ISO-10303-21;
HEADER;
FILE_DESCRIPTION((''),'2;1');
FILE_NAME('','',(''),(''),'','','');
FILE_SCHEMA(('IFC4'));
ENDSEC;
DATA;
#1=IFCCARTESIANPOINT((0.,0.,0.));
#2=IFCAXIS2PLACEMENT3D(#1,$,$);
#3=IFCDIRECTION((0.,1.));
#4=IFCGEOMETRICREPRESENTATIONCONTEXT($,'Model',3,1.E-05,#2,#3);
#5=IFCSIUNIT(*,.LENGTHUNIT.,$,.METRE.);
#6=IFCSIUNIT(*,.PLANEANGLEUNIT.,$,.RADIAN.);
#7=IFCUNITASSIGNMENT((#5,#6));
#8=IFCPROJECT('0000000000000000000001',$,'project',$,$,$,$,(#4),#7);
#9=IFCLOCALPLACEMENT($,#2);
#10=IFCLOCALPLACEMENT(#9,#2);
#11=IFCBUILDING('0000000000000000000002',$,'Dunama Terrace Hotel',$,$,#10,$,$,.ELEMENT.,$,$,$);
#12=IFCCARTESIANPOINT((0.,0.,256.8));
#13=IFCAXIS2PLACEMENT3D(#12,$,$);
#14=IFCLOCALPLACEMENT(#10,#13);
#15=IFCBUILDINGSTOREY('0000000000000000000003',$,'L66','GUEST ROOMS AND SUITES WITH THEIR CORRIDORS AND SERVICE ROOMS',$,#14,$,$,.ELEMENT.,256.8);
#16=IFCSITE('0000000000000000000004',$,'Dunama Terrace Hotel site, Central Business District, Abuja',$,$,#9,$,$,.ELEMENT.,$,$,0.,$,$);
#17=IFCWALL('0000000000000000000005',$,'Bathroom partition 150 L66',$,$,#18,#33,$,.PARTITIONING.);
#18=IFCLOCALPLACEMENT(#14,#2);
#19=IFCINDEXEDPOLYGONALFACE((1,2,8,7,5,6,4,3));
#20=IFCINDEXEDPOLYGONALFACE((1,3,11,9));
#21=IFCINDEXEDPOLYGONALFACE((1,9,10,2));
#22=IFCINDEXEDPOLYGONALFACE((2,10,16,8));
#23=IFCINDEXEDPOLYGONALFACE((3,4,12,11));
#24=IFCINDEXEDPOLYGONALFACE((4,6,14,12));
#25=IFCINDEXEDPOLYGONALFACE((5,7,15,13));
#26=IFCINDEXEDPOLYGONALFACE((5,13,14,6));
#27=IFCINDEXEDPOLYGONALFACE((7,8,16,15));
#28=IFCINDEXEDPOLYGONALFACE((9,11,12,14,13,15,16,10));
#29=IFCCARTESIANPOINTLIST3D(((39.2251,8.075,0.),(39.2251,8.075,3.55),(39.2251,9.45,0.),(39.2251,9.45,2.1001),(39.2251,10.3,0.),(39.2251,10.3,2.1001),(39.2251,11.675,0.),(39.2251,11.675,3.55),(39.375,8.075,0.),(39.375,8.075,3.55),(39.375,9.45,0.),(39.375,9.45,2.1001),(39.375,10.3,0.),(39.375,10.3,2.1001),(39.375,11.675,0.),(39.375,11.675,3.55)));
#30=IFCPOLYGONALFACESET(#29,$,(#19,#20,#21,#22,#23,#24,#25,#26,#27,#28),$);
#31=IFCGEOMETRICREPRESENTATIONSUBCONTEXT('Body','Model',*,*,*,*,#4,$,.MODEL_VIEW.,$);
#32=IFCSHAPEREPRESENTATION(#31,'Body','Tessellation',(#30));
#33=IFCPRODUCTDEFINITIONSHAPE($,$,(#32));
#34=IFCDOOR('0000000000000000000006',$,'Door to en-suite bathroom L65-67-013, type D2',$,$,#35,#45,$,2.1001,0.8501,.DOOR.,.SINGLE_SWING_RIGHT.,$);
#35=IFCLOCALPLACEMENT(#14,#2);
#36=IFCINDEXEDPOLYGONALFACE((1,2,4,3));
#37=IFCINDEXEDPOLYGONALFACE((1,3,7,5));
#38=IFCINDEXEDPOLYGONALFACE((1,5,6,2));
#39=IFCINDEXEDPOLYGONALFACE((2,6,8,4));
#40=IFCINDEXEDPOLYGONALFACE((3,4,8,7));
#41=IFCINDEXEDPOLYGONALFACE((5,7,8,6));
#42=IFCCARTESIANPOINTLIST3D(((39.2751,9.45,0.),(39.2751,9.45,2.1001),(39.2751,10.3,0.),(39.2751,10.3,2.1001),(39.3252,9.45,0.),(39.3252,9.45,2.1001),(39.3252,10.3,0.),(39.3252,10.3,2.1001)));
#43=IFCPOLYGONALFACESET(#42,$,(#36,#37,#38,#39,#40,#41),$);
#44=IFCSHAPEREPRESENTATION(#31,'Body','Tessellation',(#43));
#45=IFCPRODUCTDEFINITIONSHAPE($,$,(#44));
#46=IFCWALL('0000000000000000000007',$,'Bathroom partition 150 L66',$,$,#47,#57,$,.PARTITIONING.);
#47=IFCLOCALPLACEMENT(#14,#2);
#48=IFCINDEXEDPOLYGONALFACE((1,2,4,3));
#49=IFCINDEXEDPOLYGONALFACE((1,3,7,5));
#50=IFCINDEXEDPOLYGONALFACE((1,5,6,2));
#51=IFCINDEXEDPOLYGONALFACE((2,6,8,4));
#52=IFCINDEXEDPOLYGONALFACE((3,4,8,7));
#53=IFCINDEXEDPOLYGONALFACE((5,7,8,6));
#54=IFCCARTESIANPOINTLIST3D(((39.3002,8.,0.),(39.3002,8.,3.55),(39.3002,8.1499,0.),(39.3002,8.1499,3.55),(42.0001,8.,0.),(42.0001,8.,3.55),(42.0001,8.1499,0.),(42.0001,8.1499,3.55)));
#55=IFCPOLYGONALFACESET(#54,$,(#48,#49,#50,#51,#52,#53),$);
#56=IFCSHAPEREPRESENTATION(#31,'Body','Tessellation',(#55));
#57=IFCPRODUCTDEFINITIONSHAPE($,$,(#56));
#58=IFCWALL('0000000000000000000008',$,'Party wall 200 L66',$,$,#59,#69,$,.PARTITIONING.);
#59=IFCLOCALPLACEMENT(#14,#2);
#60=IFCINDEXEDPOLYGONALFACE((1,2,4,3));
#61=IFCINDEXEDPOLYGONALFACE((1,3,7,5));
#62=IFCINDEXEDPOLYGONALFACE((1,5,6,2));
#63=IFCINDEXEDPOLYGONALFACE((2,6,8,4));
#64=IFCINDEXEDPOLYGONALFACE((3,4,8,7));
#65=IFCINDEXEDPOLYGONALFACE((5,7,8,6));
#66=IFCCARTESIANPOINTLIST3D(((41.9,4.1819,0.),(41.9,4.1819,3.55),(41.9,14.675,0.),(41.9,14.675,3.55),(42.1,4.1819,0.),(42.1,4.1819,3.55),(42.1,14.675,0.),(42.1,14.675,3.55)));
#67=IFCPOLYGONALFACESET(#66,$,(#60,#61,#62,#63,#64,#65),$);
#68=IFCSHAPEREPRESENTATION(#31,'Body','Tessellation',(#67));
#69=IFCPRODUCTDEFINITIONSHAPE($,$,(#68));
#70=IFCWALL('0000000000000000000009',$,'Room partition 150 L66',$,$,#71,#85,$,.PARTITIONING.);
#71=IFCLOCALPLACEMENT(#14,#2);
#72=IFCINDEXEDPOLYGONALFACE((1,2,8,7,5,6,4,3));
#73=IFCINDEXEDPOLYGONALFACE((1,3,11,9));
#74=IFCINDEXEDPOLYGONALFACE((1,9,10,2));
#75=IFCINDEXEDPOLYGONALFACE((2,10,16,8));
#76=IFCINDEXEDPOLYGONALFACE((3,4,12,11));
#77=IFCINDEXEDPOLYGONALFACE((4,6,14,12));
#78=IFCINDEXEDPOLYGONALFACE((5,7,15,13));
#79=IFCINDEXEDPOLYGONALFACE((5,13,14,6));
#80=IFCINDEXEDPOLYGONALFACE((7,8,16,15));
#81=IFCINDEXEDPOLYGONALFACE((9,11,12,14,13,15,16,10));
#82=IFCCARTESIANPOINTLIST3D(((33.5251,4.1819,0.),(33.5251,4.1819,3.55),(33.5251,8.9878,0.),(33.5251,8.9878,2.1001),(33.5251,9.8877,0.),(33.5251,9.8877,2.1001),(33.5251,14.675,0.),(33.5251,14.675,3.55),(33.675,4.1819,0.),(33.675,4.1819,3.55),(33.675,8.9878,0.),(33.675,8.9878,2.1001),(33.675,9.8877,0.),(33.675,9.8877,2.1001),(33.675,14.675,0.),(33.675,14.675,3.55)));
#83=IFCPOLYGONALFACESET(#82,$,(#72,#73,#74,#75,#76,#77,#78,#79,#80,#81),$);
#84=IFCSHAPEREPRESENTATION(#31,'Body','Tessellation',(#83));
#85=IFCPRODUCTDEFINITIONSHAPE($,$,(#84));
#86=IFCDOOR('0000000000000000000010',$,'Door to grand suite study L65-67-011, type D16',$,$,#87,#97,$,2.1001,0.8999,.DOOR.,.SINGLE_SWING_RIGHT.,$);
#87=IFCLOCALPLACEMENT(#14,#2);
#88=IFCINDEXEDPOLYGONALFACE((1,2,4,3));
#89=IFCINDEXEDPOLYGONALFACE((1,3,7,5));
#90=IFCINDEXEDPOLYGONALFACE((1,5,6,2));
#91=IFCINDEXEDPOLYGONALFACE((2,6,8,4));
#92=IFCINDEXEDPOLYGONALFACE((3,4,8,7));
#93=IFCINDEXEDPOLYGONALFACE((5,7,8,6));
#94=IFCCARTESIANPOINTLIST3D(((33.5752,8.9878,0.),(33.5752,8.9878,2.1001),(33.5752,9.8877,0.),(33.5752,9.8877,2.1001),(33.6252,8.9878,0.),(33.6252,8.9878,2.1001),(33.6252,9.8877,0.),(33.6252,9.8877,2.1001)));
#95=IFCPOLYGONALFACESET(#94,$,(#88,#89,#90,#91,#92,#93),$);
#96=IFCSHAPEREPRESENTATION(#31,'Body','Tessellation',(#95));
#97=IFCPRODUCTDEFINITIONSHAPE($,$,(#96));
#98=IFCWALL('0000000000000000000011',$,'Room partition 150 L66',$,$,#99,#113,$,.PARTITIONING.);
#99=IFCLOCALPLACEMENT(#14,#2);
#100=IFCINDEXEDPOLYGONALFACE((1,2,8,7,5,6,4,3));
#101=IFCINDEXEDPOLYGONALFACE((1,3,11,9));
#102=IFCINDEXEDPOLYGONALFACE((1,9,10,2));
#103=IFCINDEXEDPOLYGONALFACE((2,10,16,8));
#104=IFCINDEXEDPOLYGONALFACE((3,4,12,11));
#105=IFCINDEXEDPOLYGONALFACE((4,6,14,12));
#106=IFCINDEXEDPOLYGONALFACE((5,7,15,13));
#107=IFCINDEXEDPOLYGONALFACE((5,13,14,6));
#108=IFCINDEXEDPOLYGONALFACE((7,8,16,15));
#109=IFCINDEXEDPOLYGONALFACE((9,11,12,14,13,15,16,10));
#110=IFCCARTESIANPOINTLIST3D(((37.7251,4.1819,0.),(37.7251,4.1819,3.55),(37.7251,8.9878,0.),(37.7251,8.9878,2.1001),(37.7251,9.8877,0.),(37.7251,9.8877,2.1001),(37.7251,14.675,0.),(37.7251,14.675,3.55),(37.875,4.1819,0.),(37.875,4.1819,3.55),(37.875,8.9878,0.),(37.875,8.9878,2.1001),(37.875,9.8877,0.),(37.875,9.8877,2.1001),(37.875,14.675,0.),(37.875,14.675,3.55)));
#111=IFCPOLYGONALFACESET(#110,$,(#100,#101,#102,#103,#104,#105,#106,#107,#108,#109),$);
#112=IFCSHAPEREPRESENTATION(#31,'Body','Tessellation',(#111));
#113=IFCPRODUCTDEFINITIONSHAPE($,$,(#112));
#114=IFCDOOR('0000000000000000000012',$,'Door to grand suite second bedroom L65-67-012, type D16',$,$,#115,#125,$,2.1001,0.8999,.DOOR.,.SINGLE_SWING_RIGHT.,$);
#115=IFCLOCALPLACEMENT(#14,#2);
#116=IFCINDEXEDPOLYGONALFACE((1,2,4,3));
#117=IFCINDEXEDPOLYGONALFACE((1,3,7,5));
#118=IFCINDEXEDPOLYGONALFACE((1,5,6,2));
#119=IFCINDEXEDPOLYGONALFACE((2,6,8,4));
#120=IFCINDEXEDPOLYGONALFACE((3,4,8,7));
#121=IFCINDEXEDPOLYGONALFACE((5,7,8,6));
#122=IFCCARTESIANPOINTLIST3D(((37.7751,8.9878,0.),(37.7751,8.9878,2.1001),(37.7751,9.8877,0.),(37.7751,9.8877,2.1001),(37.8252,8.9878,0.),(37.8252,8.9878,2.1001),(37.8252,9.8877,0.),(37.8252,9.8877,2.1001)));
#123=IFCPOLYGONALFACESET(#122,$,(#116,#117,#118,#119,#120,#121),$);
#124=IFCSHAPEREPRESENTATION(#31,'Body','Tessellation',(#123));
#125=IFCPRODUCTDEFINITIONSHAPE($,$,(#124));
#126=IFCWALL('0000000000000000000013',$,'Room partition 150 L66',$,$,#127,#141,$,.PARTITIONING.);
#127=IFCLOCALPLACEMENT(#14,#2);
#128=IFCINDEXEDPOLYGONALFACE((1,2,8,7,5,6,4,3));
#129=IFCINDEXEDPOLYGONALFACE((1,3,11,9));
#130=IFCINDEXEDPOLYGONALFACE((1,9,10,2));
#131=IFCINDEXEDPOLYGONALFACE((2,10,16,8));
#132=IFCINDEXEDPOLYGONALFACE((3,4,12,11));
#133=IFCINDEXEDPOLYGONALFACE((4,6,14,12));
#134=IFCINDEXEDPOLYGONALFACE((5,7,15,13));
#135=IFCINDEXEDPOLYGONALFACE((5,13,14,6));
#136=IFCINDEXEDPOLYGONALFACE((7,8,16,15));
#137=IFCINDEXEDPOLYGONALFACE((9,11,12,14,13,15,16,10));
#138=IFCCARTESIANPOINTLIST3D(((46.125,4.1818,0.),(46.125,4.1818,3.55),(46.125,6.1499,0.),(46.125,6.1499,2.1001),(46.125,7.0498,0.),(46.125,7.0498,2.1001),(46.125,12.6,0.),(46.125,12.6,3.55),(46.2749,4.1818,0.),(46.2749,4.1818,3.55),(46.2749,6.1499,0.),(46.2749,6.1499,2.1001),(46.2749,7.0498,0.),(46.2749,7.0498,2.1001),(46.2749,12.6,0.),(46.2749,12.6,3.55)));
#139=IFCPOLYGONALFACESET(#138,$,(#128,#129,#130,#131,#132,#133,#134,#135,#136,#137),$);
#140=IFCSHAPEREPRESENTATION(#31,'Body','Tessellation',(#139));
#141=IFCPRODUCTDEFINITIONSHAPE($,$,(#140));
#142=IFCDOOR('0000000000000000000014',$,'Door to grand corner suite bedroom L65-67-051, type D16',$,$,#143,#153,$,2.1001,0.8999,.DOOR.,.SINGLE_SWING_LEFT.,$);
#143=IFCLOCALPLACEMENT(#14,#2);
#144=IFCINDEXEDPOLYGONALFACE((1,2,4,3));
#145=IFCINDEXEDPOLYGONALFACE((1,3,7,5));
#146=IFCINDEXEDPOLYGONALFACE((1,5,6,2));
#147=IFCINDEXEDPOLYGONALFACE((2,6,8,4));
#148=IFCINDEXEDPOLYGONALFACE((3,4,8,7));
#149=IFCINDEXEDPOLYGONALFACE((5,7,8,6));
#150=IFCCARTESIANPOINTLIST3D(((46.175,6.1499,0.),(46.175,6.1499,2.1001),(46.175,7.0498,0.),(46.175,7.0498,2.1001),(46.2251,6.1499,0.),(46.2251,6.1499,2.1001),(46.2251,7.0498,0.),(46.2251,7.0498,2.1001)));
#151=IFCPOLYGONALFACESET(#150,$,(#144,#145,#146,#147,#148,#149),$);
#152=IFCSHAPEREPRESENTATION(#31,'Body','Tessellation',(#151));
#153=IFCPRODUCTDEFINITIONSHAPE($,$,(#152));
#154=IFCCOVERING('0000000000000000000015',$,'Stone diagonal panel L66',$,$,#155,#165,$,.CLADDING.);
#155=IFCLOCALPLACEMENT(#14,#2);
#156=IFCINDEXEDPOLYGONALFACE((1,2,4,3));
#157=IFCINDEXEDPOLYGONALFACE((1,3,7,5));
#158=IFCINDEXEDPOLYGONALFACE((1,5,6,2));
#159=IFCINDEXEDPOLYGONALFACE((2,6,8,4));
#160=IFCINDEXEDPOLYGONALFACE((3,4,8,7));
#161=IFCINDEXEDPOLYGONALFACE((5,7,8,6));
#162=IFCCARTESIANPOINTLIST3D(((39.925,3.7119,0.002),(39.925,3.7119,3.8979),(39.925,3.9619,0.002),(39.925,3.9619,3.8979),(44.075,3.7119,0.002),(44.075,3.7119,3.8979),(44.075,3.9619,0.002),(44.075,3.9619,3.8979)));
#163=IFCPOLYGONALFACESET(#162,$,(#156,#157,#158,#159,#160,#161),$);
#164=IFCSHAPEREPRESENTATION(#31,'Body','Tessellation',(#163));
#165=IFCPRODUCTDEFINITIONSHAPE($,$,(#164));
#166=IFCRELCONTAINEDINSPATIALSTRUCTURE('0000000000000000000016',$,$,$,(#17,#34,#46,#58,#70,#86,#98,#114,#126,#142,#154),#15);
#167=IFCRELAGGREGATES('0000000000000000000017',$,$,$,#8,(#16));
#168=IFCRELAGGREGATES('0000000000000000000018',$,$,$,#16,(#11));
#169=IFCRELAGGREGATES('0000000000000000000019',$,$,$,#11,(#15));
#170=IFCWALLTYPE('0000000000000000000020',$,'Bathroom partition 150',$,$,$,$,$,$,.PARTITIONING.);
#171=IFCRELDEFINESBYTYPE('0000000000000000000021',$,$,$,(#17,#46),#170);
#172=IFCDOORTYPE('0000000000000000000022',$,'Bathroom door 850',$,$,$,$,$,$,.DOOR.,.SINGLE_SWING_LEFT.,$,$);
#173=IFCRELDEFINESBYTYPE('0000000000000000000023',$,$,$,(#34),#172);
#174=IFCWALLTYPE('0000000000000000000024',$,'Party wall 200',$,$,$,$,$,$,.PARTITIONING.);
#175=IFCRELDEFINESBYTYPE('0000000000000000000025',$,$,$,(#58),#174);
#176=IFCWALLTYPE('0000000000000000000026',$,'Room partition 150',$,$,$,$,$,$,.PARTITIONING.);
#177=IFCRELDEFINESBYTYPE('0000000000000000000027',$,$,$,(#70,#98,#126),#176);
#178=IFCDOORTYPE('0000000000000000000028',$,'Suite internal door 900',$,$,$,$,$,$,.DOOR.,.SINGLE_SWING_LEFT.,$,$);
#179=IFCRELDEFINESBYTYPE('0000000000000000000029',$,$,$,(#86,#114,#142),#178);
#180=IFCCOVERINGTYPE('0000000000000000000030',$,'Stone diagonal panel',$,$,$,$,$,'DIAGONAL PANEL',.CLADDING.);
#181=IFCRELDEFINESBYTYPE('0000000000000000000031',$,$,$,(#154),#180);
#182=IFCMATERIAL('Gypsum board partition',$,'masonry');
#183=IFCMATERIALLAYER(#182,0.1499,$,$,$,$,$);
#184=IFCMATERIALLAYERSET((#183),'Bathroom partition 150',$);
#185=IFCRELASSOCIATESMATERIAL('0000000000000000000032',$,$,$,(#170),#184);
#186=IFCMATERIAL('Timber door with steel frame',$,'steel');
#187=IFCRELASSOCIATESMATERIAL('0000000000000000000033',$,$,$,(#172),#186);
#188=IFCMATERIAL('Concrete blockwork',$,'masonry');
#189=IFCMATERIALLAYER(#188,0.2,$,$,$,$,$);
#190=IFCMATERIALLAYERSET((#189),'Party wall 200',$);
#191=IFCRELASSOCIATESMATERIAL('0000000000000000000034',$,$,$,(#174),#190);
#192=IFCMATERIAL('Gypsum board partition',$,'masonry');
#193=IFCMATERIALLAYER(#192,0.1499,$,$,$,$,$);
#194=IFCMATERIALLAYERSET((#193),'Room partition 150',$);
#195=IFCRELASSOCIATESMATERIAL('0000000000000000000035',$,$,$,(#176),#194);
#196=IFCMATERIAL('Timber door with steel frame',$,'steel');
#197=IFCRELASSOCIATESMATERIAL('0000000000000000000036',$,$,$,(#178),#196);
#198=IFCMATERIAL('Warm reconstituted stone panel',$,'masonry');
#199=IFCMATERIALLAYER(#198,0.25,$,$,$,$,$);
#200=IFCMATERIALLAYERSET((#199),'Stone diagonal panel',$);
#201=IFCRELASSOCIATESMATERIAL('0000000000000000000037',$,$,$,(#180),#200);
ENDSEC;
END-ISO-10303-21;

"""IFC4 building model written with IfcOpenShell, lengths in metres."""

from ifc_helpers import new_model, si_unit, direction, frame, frame_2d, origin, origin_2d, place, context, subcontext, project, spatial, rectangle, extrude, material, layer, layer_set, type_object, element, fill, save


model = new_model("IFC4")

# Units and contexts
model_context = context("Model", 3, precision=1e-05, world=origin(), true_north=direction((0.0, 1.0)))
body_context = subcontext(model_context, "Body", "Model", "MODEL_VIEW")
ifc_project = project(units=[si_unit("LENGTHUNIT", "METRE"), si_unit("PLANEANGLEUNIT", "RADIAN")], contexts=[model_context])

# Site, building, storey
site_placement = place(None, origin())
site = spatial("IfcSite", under=ifc_project, at=site_placement, Name="Dunama Terrace Hotel site, Central Business District, Abuja", CompositionType="ELEMENT", RefElevation=0.0)
building_placement = place(site_placement, origin())
building = spatial("IfcBuilding", under=site, at=building_placement, Name="Dunama Terrace Hotel", CompositionType="ELEMENT")
storey_placement = place(building_placement, frame((0.0, 0.0, 256.8)))
storey = spatial("IfcBuildingStorey", under=building, at=storey_placement, Name="L66", Description="GUEST ROOMS AND SUITES WITH THEIR CORRIDORS AND SERVICE ROOMS", CompositionType="ELEMENT", Elevation=256.8)

# Wall, opening, door
ifc_material_1 = material(Name="Gypsum board partition", Category="masonry")
ifc_layer_1 = layer(ifc_material_1, 0.1499)
ifc_layer_set_1 = layer_set([ifc_layer_1], Name="Bathroom partition 150")
wall_type_1 = type_object("IfcWallType", Name="Bathroom partition 150", PredefinedType="PARTITIONING", material=ifc_layer_set_1)
wall_1_placement = place(storey_placement, frame((39.3, 8.075, 0.0), z_axis=(0.0, 0.0, 1.0), x_axis=(0.0, 1.0, 0.0)))
wall_1 = element("IfcWall", 1, at=wall_1_placement, inside=storey, type_object=wall_type_1, Name="Bathroom partition 150 L66", PredefinedType="PARTITIONING", context=body_context, shape_type="SweptSolid", body=[
    extrude(rectangle(XDim=3.6001, YDim=0.1499, at=frame_2d((1.8, 0.0))), origin(), (0.0, 0.0, 1.0), 3.55),
])
opening_1_placement = place(wall_1_placement, frame((1.375, 0.0, 0.0)))
opening_1 = element("IfcOpeningElement", 2, at=opening_1_placement, cuts=wall_1, PredefinedType="OPENING", context=body_context, shape_type="SweptSolid", body=[
    extrude(rectangle(XDim=0.8501, YDim=2.1001, at=frame_2d((0.425, 1.05))), frame((0.0, 0.085, 0.0), z_axis=(0.0, -1.0, 0.0), x_axis=(1.0, 0.0, 0.0)), (0.0, 0.0, 1.0), 0.1699),
])
ifc_material_2 = material(Name="Timber door with steel frame", Category="steel")
door_type_1 = type_object("IfcDoorType", Name="Bathroom door 850", OperationType="SINGLE_SWING_LEFT", PredefinedType="DOOR", material=ifc_material_2)
door_1_placement = place(opening_1_placement, frame((0.8501, 0.0, 0.0), z_axis=(0.0, 0.0, 1.0), x_axis=(-1.0, 0.0, 0.0)))
door_1 = element("IfcDoor", 3, at=door_1_placement, inside=storey, type_object=door_type_1, Name="Door to en-suite bathroom L65-67-013, type D2", OperationType="SINGLE_SWING_RIGHT", OverallHeight=2.1001, OverallWidth=0.8501, PredefinedType="DOOR", context=body_context, shape_type="SweptSolid", body=[
    extrude(rectangle(XDim=0.8501, YDim=2.1001, at=frame_2d((0.425, 1.05))), frame((0.0, 0.0251, 0.0), z_axis=(0.0, -1.0, 0.0), x_axis=(1.0, 0.0, 0.0)), (0.0, 0.0, 1.0), 0.05),
])
fill(opening_1, door_1)

# Walls
wall_2_placement = place(storey_placement, frame((39.3, 8.075, 0.0), z_axis=(0.0, 0.0, 1.0), x_axis=(1.0, 0.0, 0.0)))
element("IfcWall", 4, at=wall_2_placement, inside=storey, type_object=wall_type_1, Name="Bathroom partition 150 L66", PredefinedType="PARTITIONING", context=body_context, shape_type="SweptSolid", body=[
    extrude(rectangle(XDim=2.7, YDim=0.1499, at=frame_2d((1.3501, 0.0))), origin(), (0.0, 0.0, 1.0), 3.55),
])
ifc_material_3 = material(Name="Concrete blockwork", Category="masonry")
ifc_layer_2 = layer(ifc_material_3, 0.2)
ifc_layer_set_2 = layer_set([ifc_layer_2], Name="Party wall 200")
wall_type_2 = type_object("IfcWallType", Name="Party wall 200", PredefinedType="PARTITIONING", material=ifc_layer_set_2)
wall_3_placement = place(storey_placement, frame((42.0, 4.1819, 0.0), z_axis=(0.0, 0.0, 1.0), x_axis=(0.0, 1.0, 0.0)))
element("IfcWall", 5, at=wall_3_placement, inside=storey, type_object=wall_type_2, Name="Party wall 200 L66", PredefinedType="PARTITIONING", context=body_context, shape_type="SweptSolid", body=[
    extrude(rectangle(XDim=10.4932, YDim=0.2, at=frame_2d((5.2466, 0.0))), origin(), (0.0, 0.0, 1.0), 3.55),
])

# Walls, openings, doors
ifc_material_4 = material(Name="Gypsum board partition", Category="masonry")
ifc_layer_3 = layer(ifc_material_4, 0.1499)
ifc_layer_set_3 = layer_set([ifc_layer_3], Name="Room partition 150")
wall_type_3 = type_object("IfcWallType", Name="Room partition 150", PredefinedType="PARTITIONING", material=ifc_layer_set_3)
wall_4_placement = place(storey_placement, frame((33.6001, 4.1819, 0.0), z_axis=(0.0, 0.0, 1.0), x_axis=(0.0, 1.0, 0.0)))
wall_4 = element("IfcWall", 6, at=wall_4_placement, inside=storey, type_object=wall_type_3, Name="Room partition 150 L66", PredefinedType="PARTITIONING", context=body_context, shape_type="SweptSolid", body=[
    extrude(rectangle(XDim=10.4932, YDim=0.1499, at=frame_2d((5.2466, 0.0))), origin(), (0.0, 0.0, 1.0), 3.55),
])
opening_2_placement = place(wall_4_placement, frame((4.8059, 0.0, 0.0)))
opening_2 = element("IfcOpeningElement", 7, at=opening_2_placement, cuts=wall_4, PredefinedType="OPENING", context=body_context, shape_type="SweptSolid", body=[
    extrude(rectangle(XDim=0.8999, YDim=2.1001, at=frame_2d((0.45, 1.05))), frame((0.0, 0.085, 0.0), z_axis=(0.0, -1.0, 0.0), x_axis=(1.0, 0.0, 0.0)), (0.0, 0.0, 1.0), 0.1699),
])
ifc_material_5 = material(Name="Timber door with steel frame", Category="steel")
door_type_2 = type_object("IfcDoorType", Name="Suite internal door 900", OperationType="SINGLE_SWING_LEFT", PredefinedType="DOOR", material=ifc_material_5)
door_2_placement = place(opening_2_placement, origin())
door_2 = element("IfcDoor", 8, at=door_2_placement, inside=storey, type_object=door_type_2, Name="Door to grand suite study L65-67-011, type D16", OperationType="SINGLE_SWING_RIGHT", OverallHeight=2.1001, OverallWidth=0.8999, PredefinedType="DOOR", context=body_context, shape_type="SweptSolid", body=[
    extrude(rectangle(XDim=0.8999, YDim=2.1001, at=frame_2d((0.45, 1.05))), frame((0.0, 0.0249, 0.0), z_axis=(0.0, -1.0, 0.0), x_axis=(1.0, 0.0, 0.0)), (0.0, 0.0, 1.0), 0.05),
])
fill(opening_2, door_2)
wall_5_placement = place(storey_placement, frame((37.8, 4.1819, 0.0), z_axis=(0.0, 0.0, 1.0), x_axis=(0.0, 1.0, 0.0)))
wall_5 = element("IfcWall", 9, at=wall_5_placement, inside=storey, type_object=wall_type_3, Name="Room partition 150 L66", PredefinedType="PARTITIONING", context=body_context, shape_type="SweptSolid", body=[
    extrude(rectangle(XDim=10.4932, YDim=0.1499, at=frame_2d((5.2466, 0.0))), origin(), (0.0, 0.0, 1.0), 3.55),
])
opening_3_placement = place(wall_5_placement, frame((4.8059, 0.0, 0.0)))
opening_3 = element("IfcOpeningElement", 10, at=opening_3_placement, cuts=wall_5, PredefinedType="OPENING", context=body_context, shape_type="SweptSolid", body=[
    extrude(rectangle(XDim=0.8999, YDim=2.1001, at=frame_2d((0.45, 1.05))), frame((0.0, 0.085, 0.0), z_axis=(0.0, -1.0, 0.0), x_axis=(1.0, 0.0, 0.0)), (0.0, 0.0, 1.0), 0.1699),
])
door_3_placement = place(opening_3_placement, frame((0.8999, 0.0, 0.0), z_axis=(0.0, 0.0, 1.0), x_axis=(-1.0, 0.0, 0.0)))
door_3 = element("IfcDoor", 11, at=door_3_placement, inside=storey, type_object=door_type_2, Name="Door to grand suite second bedroom L65-67-012, type D16", OperationType="SINGLE_SWING_RIGHT", OverallHeight=2.1001, OverallWidth=0.8999, PredefinedType="DOOR", context=body_context, shape_type="SweptSolid", body=[
    extrude(rectangle(XDim=0.8999, YDim=2.1001, at=frame_2d((0.45, 1.05))), frame((0.0, 0.0251, 0.0), z_axis=(0.0, -1.0, 0.0), x_axis=(1.0, 0.0, 0.0)), (0.0, 0.0, 1.0), 0.05),
])
fill(opening_3, door_3)
wall_6_placement = place(storey_placement, frame((46.2, 4.1819, 0.0), z_axis=(0.0, 0.0, 1.0), x_axis=(0.0, 1.0, 0.0)))
wall_6 = element("IfcWall", 12, at=wall_6_placement, inside=storey, type_object=wall_type_3, Name="Room partition 150 L66", PredefinedType="PARTITIONING", context=body_context, shape_type="SweptSolid", body=[
    extrude(rectangle(XDim=8.4182, YDim=0.1499, at=frame_2d((4.209, 0.0))), origin(), (0.0, 0.0, 1.0), 3.55),
])
opening_4_placement = place(wall_6_placement, frame((1.968, 0.0, 0.0)))
opening_4 = element("IfcOpeningElement", 13, at=opening_4_placement, cuts=wall_6, PredefinedType="OPENING", context=body_context, shape_type="SweptSolid", body=[
    extrude(rectangle(XDim=0.8999, YDim=2.1001, at=frame_2d((0.45, 1.05))), frame((0.0, 0.085, 0.0), z_axis=(0.0, -1.0, 0.0), x_axis=(1.0, 0.0, 0.0)), (0.0, 0.0, 1.0), 0.1699),
])
door_4_placement = place(opening_4_placement, frame((0.8999, 0.0, 0.0), z_axis=(0.0, 0.0, 1.0), x_axis=(-1.0, 0.0, 0.0)))
door_4 = element("IfcDoor", 14, at=door_4_placement, inside=storey, type_object=door_type_2, Name="Door to grand corner suite bedroom L65-67-051, type D16", OperationType="SINGLE_SWING_LEFT", OverallHeight=2.1001, OverallWidth=0.8999, PredefinedType="DOOR", context=body_context, shape_type="SweptSolid", body=[
    extrude(rectangle(XDim=0.8999, YDim=2.1001, at=frame_2d((0.45, 1.05))), frame((0.0, 0.0251, 0.0), z_axis=(0.0, -1.0, 0.0), x_axis=(1.0, 0.0, 0.0)), (0.0, 0.0, 1.0), 0.05),
])
fill(opening_4, door_4)

# Covering
ifc_material_6 = material(Name="Warm reconstituted stone panel", Category="masonry")
ifc_layer_4 = layer(ifc_material_6, 0.25)
ifc_layer_set_4 = layer_set([ifc_layer_4], Name="Stone diagonal panel")
covering_type = type_object("IfcCoveringType", Name="Stone diagonal panel", ElementType="DIAGONAL PANEL", PredefinedType="CLADDING", material=ifc_layer_set_4)
covering_placement = place(storey_placement, frame((42.0, 3.8369, 0.002), z_axis=(0.0, 0.0, 1.0), x_axis=(1.0, 0.0, 0.0)))
element("IfcCovering", 15, at=covering_placement, inside=storey, type_object=covering_type, Name="Stone diagonal panel L66", PredefinedType="CLADDING", context=body_context, shape_type="SweptSolid", body=[
    extrude(rectangle(XDim=4.1499, YDim=0.25, at=origin_2d()), origin(), (0.0, 0.0, 1.0), 3.896),
])

save(model, "model.ifc")
